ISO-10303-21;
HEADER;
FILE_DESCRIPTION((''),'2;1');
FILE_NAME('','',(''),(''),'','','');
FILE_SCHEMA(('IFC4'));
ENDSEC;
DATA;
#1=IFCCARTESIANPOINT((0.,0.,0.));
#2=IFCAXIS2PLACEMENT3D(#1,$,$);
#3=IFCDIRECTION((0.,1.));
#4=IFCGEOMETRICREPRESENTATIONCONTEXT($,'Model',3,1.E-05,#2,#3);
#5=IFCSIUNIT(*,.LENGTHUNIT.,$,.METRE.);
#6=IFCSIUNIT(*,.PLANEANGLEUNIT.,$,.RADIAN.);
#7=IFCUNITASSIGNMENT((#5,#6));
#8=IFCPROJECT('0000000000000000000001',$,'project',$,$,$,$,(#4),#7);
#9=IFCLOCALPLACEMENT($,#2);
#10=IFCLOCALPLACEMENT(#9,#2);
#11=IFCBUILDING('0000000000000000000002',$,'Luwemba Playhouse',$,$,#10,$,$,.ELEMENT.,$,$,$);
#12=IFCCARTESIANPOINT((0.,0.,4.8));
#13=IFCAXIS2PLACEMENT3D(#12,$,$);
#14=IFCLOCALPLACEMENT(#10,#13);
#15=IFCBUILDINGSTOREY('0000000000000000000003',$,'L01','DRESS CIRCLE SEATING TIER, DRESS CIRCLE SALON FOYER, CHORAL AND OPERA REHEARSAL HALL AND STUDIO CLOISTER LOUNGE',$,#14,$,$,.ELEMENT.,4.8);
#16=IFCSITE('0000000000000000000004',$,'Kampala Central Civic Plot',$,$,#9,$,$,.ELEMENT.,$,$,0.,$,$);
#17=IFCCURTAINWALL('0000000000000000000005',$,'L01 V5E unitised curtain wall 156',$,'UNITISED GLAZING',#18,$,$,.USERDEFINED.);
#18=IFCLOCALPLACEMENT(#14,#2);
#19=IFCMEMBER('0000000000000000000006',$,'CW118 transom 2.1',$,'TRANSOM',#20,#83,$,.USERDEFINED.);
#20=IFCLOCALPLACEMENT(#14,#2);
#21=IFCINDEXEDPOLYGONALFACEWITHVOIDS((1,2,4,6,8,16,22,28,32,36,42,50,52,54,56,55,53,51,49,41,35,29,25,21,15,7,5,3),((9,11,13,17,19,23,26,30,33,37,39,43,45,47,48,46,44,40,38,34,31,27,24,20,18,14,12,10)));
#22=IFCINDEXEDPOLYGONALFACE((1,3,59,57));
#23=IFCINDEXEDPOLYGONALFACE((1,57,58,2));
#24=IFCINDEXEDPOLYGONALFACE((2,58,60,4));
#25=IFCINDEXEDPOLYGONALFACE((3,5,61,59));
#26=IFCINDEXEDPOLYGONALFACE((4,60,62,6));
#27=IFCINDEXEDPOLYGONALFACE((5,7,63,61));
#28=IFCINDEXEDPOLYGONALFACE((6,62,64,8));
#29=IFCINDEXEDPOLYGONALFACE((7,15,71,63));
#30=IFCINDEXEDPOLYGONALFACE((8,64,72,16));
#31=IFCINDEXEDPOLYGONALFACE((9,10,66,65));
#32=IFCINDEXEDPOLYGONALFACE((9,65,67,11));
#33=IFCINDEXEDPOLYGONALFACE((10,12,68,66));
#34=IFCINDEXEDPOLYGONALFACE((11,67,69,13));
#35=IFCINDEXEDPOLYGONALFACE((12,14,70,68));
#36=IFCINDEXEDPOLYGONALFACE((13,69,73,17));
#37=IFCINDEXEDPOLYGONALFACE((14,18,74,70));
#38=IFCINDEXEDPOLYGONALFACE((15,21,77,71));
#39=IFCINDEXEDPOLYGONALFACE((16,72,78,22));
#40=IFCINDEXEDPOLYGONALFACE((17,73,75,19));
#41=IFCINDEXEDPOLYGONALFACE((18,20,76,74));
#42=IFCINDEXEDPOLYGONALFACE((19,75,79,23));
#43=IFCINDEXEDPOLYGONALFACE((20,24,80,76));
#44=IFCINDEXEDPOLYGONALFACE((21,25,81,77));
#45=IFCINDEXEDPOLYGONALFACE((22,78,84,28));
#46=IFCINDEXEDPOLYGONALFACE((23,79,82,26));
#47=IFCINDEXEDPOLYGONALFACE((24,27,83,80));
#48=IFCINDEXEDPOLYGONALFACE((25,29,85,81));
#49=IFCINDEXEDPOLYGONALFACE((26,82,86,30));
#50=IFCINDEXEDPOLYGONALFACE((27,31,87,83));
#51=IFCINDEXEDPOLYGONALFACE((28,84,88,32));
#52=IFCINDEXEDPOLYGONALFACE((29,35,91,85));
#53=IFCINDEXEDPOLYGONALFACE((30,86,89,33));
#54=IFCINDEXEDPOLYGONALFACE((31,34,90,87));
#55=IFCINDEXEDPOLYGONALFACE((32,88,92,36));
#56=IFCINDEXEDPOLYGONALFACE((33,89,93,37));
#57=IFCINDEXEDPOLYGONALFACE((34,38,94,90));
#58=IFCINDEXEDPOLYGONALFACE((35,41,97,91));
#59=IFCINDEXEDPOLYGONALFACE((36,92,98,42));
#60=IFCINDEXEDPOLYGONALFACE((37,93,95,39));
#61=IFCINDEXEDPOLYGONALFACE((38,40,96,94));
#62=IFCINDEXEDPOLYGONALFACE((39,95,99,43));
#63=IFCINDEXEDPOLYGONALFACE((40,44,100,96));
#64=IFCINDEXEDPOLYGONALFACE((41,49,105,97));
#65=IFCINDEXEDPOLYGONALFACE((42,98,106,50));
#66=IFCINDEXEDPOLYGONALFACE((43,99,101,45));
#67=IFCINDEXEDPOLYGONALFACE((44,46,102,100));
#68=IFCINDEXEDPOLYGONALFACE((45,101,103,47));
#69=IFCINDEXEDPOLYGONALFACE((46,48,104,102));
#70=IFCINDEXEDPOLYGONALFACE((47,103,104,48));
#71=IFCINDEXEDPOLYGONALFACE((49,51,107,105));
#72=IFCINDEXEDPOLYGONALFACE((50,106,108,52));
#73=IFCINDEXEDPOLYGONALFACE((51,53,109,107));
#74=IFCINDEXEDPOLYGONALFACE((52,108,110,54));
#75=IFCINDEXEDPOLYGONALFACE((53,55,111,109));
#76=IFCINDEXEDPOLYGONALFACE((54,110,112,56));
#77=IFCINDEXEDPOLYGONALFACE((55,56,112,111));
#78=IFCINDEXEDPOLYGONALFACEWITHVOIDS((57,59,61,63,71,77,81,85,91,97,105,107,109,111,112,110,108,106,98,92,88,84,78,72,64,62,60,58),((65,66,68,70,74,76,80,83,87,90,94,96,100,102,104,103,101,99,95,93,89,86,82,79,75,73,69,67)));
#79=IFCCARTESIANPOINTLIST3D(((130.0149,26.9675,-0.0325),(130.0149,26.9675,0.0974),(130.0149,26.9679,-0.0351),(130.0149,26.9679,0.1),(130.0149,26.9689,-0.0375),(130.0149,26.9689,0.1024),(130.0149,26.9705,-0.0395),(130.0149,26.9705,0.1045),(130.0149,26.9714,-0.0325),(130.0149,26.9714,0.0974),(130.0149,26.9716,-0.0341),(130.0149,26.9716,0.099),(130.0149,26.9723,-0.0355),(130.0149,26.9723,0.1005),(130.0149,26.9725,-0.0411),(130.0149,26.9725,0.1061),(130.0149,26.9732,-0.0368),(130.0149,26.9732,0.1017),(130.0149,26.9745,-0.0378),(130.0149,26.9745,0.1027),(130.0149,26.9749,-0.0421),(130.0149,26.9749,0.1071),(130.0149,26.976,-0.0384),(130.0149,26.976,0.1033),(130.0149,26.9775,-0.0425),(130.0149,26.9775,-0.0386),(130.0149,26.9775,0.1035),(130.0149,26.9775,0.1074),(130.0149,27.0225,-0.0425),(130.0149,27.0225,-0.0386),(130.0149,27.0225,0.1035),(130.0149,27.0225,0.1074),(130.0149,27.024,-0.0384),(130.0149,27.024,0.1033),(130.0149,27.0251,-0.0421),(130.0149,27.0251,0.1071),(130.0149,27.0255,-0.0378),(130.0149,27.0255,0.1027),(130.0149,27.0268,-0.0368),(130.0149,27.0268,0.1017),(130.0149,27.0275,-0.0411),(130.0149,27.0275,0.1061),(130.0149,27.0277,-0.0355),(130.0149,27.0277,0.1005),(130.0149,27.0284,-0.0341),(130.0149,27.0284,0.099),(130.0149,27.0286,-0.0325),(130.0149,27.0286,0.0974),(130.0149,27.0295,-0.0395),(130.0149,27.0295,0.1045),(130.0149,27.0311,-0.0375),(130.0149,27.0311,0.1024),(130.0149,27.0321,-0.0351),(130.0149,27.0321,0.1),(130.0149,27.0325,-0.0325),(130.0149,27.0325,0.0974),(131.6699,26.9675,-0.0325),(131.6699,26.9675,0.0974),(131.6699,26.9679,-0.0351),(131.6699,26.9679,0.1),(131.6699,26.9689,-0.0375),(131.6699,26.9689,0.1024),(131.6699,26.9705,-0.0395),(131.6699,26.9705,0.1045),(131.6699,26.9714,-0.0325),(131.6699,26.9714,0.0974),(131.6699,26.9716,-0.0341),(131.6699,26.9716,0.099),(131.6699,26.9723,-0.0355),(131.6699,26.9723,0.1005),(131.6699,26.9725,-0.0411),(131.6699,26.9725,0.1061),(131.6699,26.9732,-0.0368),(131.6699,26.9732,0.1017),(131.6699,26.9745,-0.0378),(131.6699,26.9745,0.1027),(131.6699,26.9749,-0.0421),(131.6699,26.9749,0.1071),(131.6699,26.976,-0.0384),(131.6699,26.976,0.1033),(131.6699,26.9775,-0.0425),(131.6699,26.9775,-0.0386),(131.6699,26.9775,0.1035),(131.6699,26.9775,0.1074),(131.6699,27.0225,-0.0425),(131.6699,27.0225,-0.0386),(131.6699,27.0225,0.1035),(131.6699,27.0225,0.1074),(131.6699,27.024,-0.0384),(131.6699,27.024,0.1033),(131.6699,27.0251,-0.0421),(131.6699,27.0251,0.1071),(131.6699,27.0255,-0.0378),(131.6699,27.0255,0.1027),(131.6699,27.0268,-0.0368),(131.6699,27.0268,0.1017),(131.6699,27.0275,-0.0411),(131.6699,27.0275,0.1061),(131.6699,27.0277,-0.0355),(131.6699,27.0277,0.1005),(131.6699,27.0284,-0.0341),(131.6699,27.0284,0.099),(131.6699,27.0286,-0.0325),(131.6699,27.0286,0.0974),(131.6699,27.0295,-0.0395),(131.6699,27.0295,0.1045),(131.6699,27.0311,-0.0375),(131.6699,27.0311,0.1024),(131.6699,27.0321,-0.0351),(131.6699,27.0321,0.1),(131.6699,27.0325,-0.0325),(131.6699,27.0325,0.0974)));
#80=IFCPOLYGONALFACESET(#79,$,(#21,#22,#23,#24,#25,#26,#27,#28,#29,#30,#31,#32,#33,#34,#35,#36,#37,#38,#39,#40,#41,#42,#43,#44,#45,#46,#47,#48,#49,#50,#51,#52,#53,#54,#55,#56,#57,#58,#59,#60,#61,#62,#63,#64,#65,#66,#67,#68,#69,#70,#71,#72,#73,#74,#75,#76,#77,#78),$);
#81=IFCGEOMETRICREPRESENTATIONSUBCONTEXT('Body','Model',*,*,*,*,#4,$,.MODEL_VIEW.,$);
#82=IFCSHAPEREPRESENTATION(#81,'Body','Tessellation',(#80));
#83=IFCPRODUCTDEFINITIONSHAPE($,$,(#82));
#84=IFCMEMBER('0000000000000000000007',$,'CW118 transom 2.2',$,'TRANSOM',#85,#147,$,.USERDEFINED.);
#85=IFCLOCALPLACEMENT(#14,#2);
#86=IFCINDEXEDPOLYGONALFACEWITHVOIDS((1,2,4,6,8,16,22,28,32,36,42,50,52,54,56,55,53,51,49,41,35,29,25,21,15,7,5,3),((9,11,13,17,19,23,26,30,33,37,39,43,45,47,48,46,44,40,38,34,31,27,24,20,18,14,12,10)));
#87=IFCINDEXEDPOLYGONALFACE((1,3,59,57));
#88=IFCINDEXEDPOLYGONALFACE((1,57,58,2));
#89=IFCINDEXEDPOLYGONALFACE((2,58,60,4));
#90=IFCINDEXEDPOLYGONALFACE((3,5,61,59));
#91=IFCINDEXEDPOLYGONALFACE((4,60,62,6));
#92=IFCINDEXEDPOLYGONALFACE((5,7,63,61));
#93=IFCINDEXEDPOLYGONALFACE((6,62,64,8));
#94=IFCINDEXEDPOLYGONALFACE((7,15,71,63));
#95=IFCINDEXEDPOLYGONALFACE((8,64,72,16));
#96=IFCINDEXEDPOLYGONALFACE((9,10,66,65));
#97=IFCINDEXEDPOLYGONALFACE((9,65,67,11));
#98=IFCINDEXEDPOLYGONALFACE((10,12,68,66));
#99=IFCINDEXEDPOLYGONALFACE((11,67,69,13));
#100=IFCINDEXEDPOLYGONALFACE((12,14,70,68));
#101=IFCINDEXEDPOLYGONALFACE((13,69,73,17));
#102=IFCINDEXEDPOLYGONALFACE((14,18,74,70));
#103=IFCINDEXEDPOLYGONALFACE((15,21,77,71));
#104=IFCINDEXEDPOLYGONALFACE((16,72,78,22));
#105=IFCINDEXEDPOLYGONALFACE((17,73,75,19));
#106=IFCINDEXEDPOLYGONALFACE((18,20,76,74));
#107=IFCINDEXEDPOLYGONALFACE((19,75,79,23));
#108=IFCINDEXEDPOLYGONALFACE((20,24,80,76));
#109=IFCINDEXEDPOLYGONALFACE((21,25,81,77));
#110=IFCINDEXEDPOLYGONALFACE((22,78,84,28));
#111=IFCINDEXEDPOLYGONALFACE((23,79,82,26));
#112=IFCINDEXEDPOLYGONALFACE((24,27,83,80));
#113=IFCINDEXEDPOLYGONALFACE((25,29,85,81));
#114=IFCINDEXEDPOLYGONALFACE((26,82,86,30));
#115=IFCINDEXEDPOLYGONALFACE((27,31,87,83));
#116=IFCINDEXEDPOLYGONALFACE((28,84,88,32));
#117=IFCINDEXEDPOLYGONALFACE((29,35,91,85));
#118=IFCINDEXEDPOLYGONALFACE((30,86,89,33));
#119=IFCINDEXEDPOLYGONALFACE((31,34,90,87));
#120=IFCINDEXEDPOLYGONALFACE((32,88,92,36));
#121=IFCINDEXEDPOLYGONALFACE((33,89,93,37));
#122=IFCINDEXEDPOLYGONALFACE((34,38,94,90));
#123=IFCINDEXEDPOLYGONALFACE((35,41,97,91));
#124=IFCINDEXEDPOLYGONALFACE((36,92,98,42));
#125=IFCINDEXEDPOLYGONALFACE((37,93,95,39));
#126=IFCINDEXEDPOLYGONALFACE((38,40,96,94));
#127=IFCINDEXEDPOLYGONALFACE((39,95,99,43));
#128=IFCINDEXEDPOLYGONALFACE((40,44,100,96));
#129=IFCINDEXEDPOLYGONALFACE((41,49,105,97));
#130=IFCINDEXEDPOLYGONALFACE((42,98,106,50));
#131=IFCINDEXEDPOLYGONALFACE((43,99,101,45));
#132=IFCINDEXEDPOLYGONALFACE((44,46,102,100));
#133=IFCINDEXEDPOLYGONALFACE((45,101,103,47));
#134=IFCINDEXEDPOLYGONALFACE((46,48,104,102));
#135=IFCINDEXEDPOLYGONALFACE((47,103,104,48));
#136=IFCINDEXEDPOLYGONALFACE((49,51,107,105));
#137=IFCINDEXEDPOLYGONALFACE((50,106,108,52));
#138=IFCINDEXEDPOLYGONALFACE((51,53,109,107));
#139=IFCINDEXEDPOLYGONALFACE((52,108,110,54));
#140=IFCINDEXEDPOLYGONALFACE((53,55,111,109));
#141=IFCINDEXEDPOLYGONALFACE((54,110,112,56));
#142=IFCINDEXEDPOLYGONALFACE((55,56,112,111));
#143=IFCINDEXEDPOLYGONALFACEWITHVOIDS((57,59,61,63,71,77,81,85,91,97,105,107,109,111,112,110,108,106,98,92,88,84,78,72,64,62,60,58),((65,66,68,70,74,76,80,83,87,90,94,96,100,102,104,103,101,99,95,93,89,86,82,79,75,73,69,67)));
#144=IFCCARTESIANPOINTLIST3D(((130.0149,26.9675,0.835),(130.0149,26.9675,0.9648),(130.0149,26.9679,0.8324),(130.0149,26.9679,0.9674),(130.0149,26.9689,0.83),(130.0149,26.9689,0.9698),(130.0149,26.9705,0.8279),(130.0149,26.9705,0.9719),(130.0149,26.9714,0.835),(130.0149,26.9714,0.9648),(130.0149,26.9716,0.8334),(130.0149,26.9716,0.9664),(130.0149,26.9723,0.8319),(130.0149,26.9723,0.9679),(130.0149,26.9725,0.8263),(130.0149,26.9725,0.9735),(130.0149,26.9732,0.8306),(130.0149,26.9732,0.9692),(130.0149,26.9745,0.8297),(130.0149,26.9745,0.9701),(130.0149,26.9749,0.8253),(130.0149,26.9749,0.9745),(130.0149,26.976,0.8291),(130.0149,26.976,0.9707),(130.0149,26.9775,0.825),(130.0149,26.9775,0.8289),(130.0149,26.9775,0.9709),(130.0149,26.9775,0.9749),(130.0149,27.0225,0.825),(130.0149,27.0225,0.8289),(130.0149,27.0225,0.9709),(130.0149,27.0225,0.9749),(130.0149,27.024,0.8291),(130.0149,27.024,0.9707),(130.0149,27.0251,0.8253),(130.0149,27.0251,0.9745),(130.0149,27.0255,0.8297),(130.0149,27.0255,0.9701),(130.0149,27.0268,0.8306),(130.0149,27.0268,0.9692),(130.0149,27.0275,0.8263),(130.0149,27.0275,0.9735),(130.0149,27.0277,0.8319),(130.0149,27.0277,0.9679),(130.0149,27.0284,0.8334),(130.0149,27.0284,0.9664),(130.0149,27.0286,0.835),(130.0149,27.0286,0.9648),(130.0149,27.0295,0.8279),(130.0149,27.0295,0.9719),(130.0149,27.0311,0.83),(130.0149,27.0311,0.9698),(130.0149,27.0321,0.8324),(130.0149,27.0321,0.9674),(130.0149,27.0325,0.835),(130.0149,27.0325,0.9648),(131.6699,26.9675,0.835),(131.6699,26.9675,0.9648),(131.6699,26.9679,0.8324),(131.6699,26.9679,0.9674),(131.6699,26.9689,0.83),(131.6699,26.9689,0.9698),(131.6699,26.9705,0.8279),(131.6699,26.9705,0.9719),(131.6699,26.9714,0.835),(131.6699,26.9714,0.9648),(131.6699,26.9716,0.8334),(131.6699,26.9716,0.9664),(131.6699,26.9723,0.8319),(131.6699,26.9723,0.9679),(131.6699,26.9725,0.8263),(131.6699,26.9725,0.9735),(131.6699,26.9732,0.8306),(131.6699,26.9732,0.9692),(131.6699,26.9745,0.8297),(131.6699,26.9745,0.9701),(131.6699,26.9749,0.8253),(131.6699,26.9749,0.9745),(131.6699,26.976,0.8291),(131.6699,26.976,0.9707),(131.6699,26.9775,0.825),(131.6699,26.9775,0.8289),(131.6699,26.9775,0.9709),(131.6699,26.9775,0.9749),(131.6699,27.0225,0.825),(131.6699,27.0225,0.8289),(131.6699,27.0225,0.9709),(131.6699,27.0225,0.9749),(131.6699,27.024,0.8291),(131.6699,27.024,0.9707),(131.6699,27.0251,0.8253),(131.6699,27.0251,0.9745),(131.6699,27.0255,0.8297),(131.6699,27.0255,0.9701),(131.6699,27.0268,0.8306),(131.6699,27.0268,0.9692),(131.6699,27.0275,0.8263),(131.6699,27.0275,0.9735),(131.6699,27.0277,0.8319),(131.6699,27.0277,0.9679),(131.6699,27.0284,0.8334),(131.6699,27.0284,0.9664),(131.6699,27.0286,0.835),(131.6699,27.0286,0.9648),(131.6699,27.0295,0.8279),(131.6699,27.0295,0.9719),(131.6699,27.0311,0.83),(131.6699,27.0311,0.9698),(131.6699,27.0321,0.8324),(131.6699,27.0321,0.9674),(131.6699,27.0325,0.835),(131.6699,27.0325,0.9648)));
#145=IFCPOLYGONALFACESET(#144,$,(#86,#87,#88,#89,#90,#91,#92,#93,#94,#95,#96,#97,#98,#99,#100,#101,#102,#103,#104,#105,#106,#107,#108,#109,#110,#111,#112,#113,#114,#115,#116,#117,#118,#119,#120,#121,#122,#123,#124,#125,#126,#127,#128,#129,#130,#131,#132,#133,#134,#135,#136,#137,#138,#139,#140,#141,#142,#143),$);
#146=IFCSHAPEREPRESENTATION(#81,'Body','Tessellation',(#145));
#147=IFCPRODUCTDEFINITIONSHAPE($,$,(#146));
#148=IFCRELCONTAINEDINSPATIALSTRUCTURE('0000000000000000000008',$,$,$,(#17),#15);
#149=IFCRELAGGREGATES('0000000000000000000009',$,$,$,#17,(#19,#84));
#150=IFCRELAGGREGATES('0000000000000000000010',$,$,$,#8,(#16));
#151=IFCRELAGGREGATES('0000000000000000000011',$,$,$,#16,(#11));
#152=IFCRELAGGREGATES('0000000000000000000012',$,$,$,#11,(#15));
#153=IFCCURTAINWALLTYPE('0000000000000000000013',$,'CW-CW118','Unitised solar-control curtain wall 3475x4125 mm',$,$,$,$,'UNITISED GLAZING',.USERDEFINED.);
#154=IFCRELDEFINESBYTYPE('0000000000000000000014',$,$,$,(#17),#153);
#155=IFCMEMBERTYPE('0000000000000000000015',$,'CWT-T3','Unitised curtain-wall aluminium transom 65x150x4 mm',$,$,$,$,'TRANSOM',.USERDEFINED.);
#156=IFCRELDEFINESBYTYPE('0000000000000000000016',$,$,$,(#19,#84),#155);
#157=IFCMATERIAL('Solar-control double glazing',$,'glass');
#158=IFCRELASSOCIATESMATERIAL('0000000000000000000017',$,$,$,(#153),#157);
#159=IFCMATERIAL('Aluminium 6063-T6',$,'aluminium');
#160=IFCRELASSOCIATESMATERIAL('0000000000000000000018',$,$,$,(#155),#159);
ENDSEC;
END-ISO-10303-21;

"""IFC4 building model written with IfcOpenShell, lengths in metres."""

from ifc_helpers import new_model, si_unit, direction, frame, origin, origin_2d, place, context, subcontext, project, spatial, hollow_rectangle, extrude, material, material_profile, profile_set, type_object, element, aggregate, save


model = new_model("IFC4")

# Units and contexts
model_context = context("Model", 3, precision=1e-05, world=origin(), true_north=direction((0.0, 1.0)))
body_context = subcontext(model_context, "Body", "Model", "MODEL_VIEW")
ifc_project = project(units=[si_unit("LENGTHUNIT", "METRE"), si_unit("PLANEANGLEUNIT", "RADIAN")], contexts=[model_context])

# Site, building, storey
site_placement = place(None, origin())
site = spatial("IfcSite", under=ifc_project, at=site_placement, Name="Kampala Central Civic Plot", CompositionType="ELEMENT", RefElevation=0.0)
building_placement = place(site_placement, origin())
building = spatial("IfcBuilding", under=site, at=building_placement, Name="Luwemba Playhouse", CompositionType="ELEMENT")
storey_placement = place(building_placement, frame((0.0, 0.0, 4.8)))
storey = spatial("IfcBuildingStorey", under=building, at=storey_placement, Name="L01", Description="DRESS CIRCLE SEATING TIER, DRESS CIRCLE SALON FOYER, CHORAL AND OPERA REHEARSAL HALL AND STUDIO CLOISTER LOUNGE", CompositionType="ELEMENT", Elevation=4.8)

# Curtain wall
ifc_material_1 = material(Name="Solar-control double glazing", Category="glass")
curtain_wall_type_1 = type_object("IfcCurtainWallType", Name="CW-CW118", Description="Unitised solar-control curtain wall 3475x4125 mm", ElementType="UNITISED GLAZING", PredefinedType="USERDEFINED", material=ifc_material_1)
curtain_wall_1_placement = place(storey_placement, origin())
curtain_wall_1 = element("IfcCurtainWall", 1, at=curtain_wall_1_placement, inside=storey, type_object=curtain_wall_type_1, Name="L01 V5E unitised curtain wall 156", ObjectType="UNITISED GLAZING", PredefinedType="USERDEFINED")
ifc_material_2 = material(Name="Aluminium 6063-T6", Category="aluminium")

# Members
ifc_material_profile_1 = material_profile(ifc_material_2, hollow_rectangle(XDim=0.0649, YDim=0.1499, WallThickness=0.0039, InnerFilletRadius=0.0061, OuterFilletRadius=0.01, at=origin_2d()))
ifc_profile_set_1 = profile_set([ifc_material_profile_1], Name="Aluminium 6063-T6")
member_type_1 = type_object("IfcMemberType", Name="CWT-T3", Description="Unitised curtain-wall aluminium transom 65x150x4 mm", ElementType="TRANSOM", PredefinedType="USERDEFINED", material=ifc_profile_set_1)
member_1_placement = place(storey_placement, frame((130.0149, 27.0, 0.0325), z_axis=(1.0, 0.0, 0.0), x_axis=(0.0, 1.0, 0.0)))
member_1 = element("IfcMember", 2, at=member_1_placement, type_object=member_type_1, Name="CW118 transom 2.1", ObjectType="TRANSOM", PredefinedType="USERDEFINED", context=body_context, shape_type="SweptSolid", body=[
    extrude(hollow_rectangle(XDim=0.0649, YDim=0.1499, WallThickness=0.0039, InnerFilletRadius=0.0061, OuterFilletRadius=0.01, at=origin_2d()), origin(), (0.0, 0.0, 1.0), 1.655),
])
member_2_placement = place(storey_placement, frame((130.0149, 27.0, 0.8999), z_axis=(1.0, 0.0, 0.0), x_axis=(0.0, 1.0, 0.0)))
member_2 = element("IfcMember", 3, at=member_2_placement, type_object=member_type_1, Name="CW118 transom 2.2", ObjectType="TRANSOM", PredefinedType="USERDEFINED", context=body_context, shape_type="SweptSolid", body=[
    extrude(hollow_rectangle(XDim=0.0649, YDim=0.1499, WallThickness=0.0039, InnerFilletRadius=0.0061, OuterFilletRadius=0.01, at=origin_2d()), origin(), (0.0, 0.0, 1.0), 1.655),
])

aggregate(curtain_wall_1, [member_1, member_2])

save(model, "model.ifc")
